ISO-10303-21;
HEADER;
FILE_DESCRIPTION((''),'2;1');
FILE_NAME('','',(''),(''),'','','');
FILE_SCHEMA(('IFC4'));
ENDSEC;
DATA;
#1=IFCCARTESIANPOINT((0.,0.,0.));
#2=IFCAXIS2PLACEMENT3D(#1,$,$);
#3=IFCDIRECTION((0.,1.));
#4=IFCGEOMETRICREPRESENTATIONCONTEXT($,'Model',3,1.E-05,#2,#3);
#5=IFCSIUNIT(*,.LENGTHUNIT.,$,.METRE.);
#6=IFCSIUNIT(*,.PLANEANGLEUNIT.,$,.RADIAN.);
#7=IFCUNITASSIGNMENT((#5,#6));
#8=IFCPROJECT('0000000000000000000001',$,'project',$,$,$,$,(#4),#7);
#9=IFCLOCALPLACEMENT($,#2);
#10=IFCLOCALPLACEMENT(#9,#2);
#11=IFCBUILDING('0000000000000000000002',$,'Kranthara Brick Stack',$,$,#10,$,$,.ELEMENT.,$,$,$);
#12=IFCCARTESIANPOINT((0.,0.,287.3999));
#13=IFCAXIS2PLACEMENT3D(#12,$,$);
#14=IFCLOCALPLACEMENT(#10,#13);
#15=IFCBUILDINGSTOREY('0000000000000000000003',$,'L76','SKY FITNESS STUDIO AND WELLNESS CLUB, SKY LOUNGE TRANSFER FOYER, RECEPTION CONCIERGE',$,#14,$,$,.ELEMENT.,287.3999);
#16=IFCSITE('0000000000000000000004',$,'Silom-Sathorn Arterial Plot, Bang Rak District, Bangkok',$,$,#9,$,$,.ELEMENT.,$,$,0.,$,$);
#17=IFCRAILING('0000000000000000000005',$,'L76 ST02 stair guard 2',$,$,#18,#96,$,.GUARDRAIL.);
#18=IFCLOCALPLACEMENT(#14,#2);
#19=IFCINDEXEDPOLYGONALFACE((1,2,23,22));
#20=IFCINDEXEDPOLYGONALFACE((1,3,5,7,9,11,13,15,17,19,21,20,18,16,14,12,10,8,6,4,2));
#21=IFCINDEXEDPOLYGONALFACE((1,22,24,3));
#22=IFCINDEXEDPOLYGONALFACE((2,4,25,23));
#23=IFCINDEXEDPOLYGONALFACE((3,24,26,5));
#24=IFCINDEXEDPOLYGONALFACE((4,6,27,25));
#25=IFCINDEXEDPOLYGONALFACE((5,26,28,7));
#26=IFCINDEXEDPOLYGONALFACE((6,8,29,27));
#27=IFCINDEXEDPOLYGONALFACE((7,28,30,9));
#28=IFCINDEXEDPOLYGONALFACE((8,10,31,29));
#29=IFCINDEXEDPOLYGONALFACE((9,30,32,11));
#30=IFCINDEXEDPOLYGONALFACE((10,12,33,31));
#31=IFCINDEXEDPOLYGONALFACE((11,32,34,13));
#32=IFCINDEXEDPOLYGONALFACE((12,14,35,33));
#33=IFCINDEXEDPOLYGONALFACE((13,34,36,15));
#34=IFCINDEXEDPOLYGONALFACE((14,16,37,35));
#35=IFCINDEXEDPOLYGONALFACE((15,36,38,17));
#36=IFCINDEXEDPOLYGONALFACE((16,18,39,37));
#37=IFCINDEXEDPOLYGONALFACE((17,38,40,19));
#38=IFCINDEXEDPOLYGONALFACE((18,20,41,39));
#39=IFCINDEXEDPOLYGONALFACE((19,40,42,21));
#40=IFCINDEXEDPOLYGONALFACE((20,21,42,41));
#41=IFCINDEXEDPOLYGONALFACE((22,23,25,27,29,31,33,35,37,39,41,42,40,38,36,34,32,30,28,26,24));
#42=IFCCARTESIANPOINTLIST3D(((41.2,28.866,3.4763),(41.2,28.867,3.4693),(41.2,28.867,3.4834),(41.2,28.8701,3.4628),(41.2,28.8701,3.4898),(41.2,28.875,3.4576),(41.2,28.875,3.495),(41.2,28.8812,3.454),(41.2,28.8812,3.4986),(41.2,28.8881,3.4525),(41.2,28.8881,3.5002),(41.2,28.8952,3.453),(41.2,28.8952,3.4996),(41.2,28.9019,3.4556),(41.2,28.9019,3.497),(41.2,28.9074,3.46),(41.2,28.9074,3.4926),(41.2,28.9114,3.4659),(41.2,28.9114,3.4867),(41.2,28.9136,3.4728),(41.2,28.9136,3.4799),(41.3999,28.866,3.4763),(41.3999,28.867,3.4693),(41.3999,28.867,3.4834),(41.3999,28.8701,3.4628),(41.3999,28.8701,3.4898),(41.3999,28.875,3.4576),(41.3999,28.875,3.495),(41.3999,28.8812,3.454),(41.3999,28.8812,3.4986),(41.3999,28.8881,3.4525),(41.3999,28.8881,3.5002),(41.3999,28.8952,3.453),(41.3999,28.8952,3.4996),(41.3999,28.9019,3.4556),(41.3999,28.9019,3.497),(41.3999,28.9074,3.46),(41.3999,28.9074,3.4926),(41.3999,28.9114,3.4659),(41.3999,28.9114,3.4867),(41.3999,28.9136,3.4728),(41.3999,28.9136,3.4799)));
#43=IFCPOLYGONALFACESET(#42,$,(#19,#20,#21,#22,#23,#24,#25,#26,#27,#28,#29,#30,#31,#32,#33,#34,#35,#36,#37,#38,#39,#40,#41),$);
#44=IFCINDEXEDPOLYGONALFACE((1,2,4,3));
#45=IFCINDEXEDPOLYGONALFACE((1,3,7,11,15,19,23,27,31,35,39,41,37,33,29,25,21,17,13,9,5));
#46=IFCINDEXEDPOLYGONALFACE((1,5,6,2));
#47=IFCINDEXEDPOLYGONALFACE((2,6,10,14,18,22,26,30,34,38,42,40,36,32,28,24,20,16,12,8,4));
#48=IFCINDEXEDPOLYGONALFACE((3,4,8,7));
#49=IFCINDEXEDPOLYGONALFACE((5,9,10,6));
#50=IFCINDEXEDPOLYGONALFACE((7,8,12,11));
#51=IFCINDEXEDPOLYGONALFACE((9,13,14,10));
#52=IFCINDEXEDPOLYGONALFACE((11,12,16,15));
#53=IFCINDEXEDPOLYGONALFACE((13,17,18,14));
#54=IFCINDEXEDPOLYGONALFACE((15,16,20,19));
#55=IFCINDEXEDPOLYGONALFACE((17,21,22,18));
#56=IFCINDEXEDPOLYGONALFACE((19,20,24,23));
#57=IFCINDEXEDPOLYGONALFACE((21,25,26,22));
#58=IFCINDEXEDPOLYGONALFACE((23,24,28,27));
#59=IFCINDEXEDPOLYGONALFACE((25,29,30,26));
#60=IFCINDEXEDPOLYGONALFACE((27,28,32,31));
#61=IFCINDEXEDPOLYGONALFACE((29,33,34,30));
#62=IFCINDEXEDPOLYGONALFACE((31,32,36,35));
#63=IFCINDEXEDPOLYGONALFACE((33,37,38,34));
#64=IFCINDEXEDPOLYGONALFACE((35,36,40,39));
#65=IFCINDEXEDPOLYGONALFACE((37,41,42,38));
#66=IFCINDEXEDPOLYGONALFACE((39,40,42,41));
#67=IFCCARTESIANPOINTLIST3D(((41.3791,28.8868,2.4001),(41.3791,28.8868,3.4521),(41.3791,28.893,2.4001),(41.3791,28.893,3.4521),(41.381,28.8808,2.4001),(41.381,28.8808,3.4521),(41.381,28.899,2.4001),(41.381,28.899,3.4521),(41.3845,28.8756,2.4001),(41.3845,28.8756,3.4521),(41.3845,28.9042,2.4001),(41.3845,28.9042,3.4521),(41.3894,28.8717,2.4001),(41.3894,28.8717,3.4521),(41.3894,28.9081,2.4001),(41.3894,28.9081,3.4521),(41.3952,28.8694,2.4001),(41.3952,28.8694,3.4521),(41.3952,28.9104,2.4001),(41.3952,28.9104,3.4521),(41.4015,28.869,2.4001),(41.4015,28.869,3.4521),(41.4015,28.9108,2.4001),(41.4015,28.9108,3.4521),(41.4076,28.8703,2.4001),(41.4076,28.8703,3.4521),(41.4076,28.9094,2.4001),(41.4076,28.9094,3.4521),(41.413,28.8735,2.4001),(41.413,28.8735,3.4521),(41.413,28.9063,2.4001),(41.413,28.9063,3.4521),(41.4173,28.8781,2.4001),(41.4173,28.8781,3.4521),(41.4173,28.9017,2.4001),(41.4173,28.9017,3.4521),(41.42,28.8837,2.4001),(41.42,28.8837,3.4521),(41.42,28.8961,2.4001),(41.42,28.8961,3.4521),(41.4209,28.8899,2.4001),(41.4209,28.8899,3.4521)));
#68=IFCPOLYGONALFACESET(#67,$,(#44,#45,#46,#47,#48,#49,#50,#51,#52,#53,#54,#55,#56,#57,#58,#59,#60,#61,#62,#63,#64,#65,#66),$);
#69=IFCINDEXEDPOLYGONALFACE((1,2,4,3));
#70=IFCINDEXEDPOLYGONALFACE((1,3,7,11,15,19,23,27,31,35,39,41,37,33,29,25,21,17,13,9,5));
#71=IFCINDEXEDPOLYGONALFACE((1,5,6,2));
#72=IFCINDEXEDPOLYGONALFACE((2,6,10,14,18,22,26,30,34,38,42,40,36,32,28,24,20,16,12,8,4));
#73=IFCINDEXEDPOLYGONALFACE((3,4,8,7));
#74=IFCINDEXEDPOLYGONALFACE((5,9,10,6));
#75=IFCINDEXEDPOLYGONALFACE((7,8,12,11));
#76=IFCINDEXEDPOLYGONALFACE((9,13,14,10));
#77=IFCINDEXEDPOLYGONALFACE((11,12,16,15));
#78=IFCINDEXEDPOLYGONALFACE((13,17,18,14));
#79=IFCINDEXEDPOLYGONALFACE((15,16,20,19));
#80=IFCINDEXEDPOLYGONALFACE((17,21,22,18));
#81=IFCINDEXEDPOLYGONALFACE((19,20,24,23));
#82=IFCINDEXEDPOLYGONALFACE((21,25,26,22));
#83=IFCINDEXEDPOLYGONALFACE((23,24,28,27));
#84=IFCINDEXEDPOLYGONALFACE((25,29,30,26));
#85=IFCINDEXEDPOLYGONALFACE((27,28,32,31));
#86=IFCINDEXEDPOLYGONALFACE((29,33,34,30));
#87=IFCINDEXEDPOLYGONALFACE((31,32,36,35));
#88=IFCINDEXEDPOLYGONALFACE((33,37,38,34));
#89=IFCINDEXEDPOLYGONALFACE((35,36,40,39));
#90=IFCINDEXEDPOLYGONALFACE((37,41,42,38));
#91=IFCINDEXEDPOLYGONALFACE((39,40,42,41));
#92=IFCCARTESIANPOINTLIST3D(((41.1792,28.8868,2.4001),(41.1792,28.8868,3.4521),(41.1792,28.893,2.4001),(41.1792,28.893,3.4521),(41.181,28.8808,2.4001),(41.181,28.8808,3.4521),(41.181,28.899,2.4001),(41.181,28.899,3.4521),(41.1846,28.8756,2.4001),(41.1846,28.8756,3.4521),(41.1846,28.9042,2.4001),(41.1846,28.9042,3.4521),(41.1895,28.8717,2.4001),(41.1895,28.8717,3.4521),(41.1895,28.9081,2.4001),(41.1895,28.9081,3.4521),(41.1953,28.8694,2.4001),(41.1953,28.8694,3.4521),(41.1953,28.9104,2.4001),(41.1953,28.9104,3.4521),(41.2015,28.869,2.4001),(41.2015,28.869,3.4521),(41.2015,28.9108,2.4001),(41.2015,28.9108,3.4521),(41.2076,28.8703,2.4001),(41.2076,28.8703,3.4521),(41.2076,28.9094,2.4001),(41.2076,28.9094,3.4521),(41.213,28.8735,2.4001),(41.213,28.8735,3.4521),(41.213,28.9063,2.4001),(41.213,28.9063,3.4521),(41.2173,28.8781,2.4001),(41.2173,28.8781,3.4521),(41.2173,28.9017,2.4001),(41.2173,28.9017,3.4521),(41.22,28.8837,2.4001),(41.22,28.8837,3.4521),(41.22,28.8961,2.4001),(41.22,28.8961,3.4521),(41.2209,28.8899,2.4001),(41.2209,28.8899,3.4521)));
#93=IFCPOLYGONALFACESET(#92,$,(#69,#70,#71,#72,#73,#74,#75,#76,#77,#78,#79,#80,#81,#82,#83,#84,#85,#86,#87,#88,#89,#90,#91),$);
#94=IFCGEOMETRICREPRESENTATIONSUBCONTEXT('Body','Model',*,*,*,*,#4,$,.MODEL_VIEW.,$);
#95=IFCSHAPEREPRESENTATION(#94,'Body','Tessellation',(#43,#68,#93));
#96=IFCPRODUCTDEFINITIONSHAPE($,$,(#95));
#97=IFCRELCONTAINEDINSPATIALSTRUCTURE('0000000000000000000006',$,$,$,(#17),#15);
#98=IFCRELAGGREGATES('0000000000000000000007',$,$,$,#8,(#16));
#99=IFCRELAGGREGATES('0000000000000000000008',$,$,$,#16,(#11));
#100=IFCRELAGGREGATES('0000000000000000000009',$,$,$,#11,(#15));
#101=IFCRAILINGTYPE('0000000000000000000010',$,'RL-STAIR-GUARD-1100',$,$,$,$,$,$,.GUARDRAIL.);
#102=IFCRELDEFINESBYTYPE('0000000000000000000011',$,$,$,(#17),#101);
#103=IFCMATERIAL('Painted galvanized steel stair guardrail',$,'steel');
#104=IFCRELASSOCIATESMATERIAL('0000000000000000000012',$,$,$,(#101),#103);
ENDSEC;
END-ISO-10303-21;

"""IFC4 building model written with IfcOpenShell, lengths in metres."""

from ifc_helpers import new_model, si_unit, direction, frame, origin, origin_2d, place, context, subcontext, project, spatial, circle, extrude, material, type_object, element, save


model = new_model("IFC4")

# Units and contexts
model_context = context("Model", 3, precision=1e-05, world=origin(), true_north=direction((0.0, 1.0)))
body_context = subcontext(model_context, "Body", "Model", "MODEL_VIEW")
ifc_project = project(units=[si_unit("LENGTHUNIT", "METRE"), si_unit("PLANEANGLEUNIT", "RADIAN")], contexts=[model_context])

# Site, building, storey
site_placement = place(None, origin())
site = spatial("IfcSite", under=ifc_project, at=site_placement, Name="Silom-Sathorn Arterial Plot, Bang Rak District, Bangkok", CompositionType="ELEMENT", RefElevation=0.0)
building_placement = place(site_placement, origin())
building = spatial("IfcBuilding", under=site, at=building_placement, Name="Kranthara Brick Stack", CompositionType="ELEMENT")
storey_placement = place(building_placement, frame((0.0, 0.0, 287.3999)))
storey = spatial("IfcBuildingStorey", under=building, at=storey_placement, Name="L76", Description="SKY FITNESS STUDIO AND WELLNESS CLUB, SKY LOUNGE TRANSFER FOYER, RECEPTION CONCIERGE", CompositionType="ELEMENT", Elevation=287.3999)

# Railing
ifc_material_1 = material(Name="Painted galvanized steel stair guardrail", Category="steel")
railing_type_1 = type_object("IfcRailingType", Name="RL-STAIR-GUARD-1100", PredefinedType="GUARDRAIL", material=ifc_material_1)
railing_1_placement = place(storey_placement, frame((41.3999, 28.8899, 2.4001)))
element("IfcRailing", 1, at=railing_1_placement, inside=storey, type_object=railing_type_1, Name="L76 ST02 stair guard 2", PredefinedType="GUARDRAIL", context=body_context, shape_type="SweptSolid", body=[
    extrude(circle(Radius=0.0239, at=origin_2d()), frame((0.0, 0.0, 1.0762), z_axis=(-1.0, 0.0, 0.0), x_axis=(0.0, -1.0, 0.0)), (0.0, 0.0, 1.0), 0.2),
    extrude(circle(Radius=0.021, at=origin_2d()), origin(), (0.0, 0.0, 1.0), 1.052),
    extrude(circle(Radius=0.021, at=origin_2d()), frame((-0.2, 0.0, 0.0)), (0.0, 0.0, 1.0), 1.052),
])

save(model, "model.ifc")
